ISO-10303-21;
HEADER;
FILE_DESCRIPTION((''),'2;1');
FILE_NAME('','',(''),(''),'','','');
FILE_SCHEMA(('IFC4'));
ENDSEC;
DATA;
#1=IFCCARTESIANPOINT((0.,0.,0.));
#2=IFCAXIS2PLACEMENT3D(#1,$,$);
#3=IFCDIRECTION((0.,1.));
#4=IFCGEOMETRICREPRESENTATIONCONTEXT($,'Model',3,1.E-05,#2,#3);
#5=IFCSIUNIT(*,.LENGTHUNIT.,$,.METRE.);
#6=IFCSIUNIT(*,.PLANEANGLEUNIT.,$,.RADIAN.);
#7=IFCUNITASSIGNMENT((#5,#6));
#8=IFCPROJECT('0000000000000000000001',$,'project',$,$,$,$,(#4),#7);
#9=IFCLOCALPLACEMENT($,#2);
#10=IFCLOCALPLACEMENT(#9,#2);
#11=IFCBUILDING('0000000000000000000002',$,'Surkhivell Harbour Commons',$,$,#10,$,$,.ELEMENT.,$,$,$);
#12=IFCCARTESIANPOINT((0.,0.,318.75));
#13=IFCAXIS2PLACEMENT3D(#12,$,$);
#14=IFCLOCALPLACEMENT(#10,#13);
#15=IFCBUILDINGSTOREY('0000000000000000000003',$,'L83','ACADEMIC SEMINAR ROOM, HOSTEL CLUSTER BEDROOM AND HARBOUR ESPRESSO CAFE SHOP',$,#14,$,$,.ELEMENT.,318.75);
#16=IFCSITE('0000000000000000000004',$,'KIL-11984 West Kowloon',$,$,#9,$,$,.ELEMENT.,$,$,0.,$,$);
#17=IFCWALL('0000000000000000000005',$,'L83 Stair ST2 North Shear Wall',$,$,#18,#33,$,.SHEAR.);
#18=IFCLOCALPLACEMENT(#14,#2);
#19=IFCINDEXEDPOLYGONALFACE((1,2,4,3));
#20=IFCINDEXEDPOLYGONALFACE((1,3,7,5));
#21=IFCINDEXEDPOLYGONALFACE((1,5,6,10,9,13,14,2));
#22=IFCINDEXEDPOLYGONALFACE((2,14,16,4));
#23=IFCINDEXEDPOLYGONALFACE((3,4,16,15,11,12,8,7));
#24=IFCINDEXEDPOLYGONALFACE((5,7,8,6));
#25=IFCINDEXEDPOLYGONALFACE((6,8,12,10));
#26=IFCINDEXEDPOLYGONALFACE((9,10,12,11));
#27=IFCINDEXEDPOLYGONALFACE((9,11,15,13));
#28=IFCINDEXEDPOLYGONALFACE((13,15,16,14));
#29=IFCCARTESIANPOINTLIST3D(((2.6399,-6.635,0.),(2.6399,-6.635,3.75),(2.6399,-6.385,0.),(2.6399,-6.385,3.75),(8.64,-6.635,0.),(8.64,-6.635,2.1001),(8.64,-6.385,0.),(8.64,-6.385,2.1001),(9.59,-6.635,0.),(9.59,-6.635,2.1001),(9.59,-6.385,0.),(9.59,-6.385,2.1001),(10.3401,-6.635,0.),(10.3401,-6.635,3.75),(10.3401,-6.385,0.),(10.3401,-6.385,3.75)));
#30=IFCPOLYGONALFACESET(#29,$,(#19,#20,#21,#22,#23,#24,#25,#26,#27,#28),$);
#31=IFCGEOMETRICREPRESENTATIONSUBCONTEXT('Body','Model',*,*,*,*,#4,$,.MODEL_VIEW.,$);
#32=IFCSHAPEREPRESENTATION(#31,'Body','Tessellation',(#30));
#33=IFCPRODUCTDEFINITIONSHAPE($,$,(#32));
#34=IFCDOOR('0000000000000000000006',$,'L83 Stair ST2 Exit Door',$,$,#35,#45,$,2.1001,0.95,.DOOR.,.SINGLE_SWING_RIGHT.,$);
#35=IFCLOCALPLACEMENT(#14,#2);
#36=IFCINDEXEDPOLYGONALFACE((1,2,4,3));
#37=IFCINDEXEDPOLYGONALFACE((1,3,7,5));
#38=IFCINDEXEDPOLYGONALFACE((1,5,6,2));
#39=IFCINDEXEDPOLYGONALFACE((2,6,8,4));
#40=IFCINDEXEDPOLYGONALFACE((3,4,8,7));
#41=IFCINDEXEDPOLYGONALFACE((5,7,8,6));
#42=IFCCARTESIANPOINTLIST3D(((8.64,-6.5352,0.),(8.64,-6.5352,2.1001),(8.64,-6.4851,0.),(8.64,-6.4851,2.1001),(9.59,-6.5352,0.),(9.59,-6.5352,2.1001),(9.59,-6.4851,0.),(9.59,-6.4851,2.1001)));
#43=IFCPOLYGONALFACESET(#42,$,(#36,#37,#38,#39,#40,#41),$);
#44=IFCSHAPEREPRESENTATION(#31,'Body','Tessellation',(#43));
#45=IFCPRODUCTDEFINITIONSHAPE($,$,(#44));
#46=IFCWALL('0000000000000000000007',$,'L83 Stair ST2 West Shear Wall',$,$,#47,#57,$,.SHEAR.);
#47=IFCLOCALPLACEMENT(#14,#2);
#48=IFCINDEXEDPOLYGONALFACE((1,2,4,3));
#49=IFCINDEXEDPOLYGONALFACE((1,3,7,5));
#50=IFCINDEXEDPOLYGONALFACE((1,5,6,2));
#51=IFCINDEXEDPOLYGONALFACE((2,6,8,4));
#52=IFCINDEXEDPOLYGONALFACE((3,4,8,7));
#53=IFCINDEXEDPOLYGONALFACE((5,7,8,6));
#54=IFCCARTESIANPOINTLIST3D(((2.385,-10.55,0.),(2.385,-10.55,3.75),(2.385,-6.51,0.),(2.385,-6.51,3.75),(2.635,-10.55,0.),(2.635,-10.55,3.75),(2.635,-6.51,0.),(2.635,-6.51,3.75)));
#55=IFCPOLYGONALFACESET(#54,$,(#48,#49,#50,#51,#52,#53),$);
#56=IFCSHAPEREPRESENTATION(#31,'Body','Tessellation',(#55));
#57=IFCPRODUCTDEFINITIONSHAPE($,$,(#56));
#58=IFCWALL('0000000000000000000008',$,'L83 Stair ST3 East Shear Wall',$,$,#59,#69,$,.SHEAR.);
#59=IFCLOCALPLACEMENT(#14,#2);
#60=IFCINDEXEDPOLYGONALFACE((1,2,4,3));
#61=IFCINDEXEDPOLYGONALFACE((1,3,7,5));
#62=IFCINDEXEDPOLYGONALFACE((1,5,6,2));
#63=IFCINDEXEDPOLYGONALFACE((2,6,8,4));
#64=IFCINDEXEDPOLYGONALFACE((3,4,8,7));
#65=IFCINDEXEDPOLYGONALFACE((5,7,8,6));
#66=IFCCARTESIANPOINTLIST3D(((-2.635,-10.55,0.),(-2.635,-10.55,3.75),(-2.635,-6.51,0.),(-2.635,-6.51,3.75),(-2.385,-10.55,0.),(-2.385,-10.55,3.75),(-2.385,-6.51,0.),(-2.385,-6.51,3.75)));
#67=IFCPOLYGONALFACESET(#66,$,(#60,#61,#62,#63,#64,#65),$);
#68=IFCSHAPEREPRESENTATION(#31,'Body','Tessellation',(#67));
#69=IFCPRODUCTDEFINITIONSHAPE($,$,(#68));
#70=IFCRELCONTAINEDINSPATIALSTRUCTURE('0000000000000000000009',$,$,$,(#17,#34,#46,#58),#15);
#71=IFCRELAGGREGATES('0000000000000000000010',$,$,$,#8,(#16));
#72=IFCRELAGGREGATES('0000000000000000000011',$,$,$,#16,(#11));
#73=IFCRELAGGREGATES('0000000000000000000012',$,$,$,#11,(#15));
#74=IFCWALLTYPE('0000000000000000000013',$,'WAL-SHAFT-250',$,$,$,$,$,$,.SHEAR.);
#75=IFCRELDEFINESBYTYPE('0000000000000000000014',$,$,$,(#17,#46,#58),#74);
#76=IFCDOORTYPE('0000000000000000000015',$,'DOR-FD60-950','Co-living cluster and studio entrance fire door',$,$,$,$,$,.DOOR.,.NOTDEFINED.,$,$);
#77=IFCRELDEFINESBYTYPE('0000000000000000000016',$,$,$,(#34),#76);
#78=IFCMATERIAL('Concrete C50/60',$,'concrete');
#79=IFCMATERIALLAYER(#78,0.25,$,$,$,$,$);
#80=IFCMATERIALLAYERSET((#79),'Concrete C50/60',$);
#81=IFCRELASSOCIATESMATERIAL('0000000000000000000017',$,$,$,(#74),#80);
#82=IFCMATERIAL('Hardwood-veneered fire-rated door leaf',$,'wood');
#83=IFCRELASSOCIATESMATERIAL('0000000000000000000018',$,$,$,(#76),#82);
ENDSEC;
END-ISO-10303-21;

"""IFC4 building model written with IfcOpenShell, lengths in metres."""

from ifc_helpers import new_model, si_unit, direction, frame, frame_2d, origin, place, context, subcontext, project, spatial, rectangle, extrude, material, layer, layer_set, type_object, element, fill, save


model = new_model("IFC4")

# Units and contexts
model_context = context("Model", 3, precision=1e-05, world=origin(), true_north=direction((0.0, 1.0)))
body_context = subcontext(model_context, "Body", "Model", "MODEL_VIEW")
ifc_project = project(units=[si_unit("LENGTHUNIT", "METRE"), si_unit("PLANEANGLEUNIT", "RADIAN")], contexts=[model_context])

# Site, building, storey
site_placement = place(None, origin())
site = spatial("IfcSite", under=ifc_project, at=site_placement, Name="KIL-11984 West Kowloon", CompositionType="ELEMENT", RefElevation=0.0)
building_placement = place(site_placement, origin())
building = spatial("IfcBuilding", under=site, at=building_placement, Name="Surkhivell Harbour Commons", CompositionType="ELEMENT")
storey_placement = place(building_placement, frame((0.0, 0.0, 318.75)))
storey = spatial("IfcBuildingStorey", under=building, at=storey_placement, Name="L83", Description="ACADEMIC SEMINAR ROOM, HOSTEL CLUSTER BEDROOM AND HARBOUR ESPRESSO CAFE SHOP", CompositionType="ELEMENT", Elevation=318.75)

# Shared definitions
ifc_material_1 = material(Name="Concrete C50/60", Category="concrete")

# Shared definitions
ifc_material_2 = material(Name="Hardwood-veneered fire-rated door leaf", Category="wood")

# Shared definitions
ifc_layer_1 = layer(ifc_material_1, 0.25)
ifc_layer_set_1 = layer_set([ifc_layer_1], Name="Concrete C50/60")
wall_type_1 = type_object("IfcWallType", Name="WAL-SHAFT-250", PredefinedType="SHEAR", material=ifc_layer_set_1)

# Wall, opening, door
wall_1_placement = place(storey_placement, frame((2.6399, -6.51, 0.0), z_axis=(0.0, 0.0, 1.0), x_axis=(1.0, 0.0, 0.0)))
wall_1 = element("IfcWall", 1, at=wall_1_placement, inside=storey, type_object=wall_type_1, Name="L83 Stair ST2 North Shear Wall", PredefinedType="SHEAR", context=body_context, shape_type="SweptSolid", body=[
    extrude(rectangle(XDim=7.7002, YDim=0.25, at=frame_2d((3.8501, 0.0))), origin(), (0.0, 0.0, 1.0), 3.75),
])
opening_1_placement = place(wall_1_placement, frame((6.0, 0.0, 0.0)))
opening_1 = element("IfcOpeningElement", 2, at=opening_1_placement, cuts=wall_1, PredefinedType="OPENING", context=body_context, shape_type="SweptSolid", body=[
    extrude(rectangle(XDim=0.95, YDim=2.1001, at=frame_2d((0.4751, 1.05))), frame((0.0, 0.135, 0.0), z_axis=(0.0, -1.0, 0.0), x_axis=(1.0, 0.0, 0.0)), (0.0, 0.0, 1.0), 0.27),
])
door_type_1 = type_object("IfcDoorType", Name="DOR-FD60-950", Description="Co-living cluster and studio entrance fire door", OperationType="NOTDEFINED", PredefinedType="DOOR", material=ifc_material_2)
door_1_placement = place(opening_1_placement, origin())
door_1 = element("IfcDoor", 3, at=door_1_placement, inside=storey, type_object=door_type_1, Name="L83 Stair ST2 Exit Door", OperationType="SINGLE_SWING_RIGHT", OverallHeight=2.1001, OverallWidth=0.95, PredefinedType="DOOR", context=body_context, shape_type="SweptSolid", body=[
    extrude(rectangle(XDim=0.95, YDim=2.1001, at=frame_2d((0.4751, 1.05))), frame((0.0, 0.0249, 0.0), z_axis=(0.0, -1.0, 0.0), x_axis=(1.0, 0.0, 0.0)), (0.0, 0.0, 1.0), 0.05),
])
fill(opening_1, door_1)

# Walls
for number, where, z_axis, x_axis, name in (
    (4, (2.51, -10.55, 0.0), (0.0, 0.0, 1.0), (0.0, 1.0, 0.0), "L83 Stair ST2 West Shear Wall"),
    (5, (-2.51, -10.55, 0.0), (0.0, 0.0, 1.0), (0.0, 1.0, 0.0), "L83 Stair ST3 East Shear Wall"),
):
    element("IfcWall", number, at=place(storey_placement, frame(where, z_axis=z_axis, x_axis=x_axis)), inside=storey, type_object=wall_type_1, Name=name, PredefinedType="SHEAR", context=body_context, shape_type="SweptSolid", body=[
        extrude(rectangle(XDim=4.04, YDim=0.25, at=frame_2d((2.02, 0.0))), origin(), (0.0, 0.0, 1.0), 3.75),
    ])

save(model, "model.ifc")
